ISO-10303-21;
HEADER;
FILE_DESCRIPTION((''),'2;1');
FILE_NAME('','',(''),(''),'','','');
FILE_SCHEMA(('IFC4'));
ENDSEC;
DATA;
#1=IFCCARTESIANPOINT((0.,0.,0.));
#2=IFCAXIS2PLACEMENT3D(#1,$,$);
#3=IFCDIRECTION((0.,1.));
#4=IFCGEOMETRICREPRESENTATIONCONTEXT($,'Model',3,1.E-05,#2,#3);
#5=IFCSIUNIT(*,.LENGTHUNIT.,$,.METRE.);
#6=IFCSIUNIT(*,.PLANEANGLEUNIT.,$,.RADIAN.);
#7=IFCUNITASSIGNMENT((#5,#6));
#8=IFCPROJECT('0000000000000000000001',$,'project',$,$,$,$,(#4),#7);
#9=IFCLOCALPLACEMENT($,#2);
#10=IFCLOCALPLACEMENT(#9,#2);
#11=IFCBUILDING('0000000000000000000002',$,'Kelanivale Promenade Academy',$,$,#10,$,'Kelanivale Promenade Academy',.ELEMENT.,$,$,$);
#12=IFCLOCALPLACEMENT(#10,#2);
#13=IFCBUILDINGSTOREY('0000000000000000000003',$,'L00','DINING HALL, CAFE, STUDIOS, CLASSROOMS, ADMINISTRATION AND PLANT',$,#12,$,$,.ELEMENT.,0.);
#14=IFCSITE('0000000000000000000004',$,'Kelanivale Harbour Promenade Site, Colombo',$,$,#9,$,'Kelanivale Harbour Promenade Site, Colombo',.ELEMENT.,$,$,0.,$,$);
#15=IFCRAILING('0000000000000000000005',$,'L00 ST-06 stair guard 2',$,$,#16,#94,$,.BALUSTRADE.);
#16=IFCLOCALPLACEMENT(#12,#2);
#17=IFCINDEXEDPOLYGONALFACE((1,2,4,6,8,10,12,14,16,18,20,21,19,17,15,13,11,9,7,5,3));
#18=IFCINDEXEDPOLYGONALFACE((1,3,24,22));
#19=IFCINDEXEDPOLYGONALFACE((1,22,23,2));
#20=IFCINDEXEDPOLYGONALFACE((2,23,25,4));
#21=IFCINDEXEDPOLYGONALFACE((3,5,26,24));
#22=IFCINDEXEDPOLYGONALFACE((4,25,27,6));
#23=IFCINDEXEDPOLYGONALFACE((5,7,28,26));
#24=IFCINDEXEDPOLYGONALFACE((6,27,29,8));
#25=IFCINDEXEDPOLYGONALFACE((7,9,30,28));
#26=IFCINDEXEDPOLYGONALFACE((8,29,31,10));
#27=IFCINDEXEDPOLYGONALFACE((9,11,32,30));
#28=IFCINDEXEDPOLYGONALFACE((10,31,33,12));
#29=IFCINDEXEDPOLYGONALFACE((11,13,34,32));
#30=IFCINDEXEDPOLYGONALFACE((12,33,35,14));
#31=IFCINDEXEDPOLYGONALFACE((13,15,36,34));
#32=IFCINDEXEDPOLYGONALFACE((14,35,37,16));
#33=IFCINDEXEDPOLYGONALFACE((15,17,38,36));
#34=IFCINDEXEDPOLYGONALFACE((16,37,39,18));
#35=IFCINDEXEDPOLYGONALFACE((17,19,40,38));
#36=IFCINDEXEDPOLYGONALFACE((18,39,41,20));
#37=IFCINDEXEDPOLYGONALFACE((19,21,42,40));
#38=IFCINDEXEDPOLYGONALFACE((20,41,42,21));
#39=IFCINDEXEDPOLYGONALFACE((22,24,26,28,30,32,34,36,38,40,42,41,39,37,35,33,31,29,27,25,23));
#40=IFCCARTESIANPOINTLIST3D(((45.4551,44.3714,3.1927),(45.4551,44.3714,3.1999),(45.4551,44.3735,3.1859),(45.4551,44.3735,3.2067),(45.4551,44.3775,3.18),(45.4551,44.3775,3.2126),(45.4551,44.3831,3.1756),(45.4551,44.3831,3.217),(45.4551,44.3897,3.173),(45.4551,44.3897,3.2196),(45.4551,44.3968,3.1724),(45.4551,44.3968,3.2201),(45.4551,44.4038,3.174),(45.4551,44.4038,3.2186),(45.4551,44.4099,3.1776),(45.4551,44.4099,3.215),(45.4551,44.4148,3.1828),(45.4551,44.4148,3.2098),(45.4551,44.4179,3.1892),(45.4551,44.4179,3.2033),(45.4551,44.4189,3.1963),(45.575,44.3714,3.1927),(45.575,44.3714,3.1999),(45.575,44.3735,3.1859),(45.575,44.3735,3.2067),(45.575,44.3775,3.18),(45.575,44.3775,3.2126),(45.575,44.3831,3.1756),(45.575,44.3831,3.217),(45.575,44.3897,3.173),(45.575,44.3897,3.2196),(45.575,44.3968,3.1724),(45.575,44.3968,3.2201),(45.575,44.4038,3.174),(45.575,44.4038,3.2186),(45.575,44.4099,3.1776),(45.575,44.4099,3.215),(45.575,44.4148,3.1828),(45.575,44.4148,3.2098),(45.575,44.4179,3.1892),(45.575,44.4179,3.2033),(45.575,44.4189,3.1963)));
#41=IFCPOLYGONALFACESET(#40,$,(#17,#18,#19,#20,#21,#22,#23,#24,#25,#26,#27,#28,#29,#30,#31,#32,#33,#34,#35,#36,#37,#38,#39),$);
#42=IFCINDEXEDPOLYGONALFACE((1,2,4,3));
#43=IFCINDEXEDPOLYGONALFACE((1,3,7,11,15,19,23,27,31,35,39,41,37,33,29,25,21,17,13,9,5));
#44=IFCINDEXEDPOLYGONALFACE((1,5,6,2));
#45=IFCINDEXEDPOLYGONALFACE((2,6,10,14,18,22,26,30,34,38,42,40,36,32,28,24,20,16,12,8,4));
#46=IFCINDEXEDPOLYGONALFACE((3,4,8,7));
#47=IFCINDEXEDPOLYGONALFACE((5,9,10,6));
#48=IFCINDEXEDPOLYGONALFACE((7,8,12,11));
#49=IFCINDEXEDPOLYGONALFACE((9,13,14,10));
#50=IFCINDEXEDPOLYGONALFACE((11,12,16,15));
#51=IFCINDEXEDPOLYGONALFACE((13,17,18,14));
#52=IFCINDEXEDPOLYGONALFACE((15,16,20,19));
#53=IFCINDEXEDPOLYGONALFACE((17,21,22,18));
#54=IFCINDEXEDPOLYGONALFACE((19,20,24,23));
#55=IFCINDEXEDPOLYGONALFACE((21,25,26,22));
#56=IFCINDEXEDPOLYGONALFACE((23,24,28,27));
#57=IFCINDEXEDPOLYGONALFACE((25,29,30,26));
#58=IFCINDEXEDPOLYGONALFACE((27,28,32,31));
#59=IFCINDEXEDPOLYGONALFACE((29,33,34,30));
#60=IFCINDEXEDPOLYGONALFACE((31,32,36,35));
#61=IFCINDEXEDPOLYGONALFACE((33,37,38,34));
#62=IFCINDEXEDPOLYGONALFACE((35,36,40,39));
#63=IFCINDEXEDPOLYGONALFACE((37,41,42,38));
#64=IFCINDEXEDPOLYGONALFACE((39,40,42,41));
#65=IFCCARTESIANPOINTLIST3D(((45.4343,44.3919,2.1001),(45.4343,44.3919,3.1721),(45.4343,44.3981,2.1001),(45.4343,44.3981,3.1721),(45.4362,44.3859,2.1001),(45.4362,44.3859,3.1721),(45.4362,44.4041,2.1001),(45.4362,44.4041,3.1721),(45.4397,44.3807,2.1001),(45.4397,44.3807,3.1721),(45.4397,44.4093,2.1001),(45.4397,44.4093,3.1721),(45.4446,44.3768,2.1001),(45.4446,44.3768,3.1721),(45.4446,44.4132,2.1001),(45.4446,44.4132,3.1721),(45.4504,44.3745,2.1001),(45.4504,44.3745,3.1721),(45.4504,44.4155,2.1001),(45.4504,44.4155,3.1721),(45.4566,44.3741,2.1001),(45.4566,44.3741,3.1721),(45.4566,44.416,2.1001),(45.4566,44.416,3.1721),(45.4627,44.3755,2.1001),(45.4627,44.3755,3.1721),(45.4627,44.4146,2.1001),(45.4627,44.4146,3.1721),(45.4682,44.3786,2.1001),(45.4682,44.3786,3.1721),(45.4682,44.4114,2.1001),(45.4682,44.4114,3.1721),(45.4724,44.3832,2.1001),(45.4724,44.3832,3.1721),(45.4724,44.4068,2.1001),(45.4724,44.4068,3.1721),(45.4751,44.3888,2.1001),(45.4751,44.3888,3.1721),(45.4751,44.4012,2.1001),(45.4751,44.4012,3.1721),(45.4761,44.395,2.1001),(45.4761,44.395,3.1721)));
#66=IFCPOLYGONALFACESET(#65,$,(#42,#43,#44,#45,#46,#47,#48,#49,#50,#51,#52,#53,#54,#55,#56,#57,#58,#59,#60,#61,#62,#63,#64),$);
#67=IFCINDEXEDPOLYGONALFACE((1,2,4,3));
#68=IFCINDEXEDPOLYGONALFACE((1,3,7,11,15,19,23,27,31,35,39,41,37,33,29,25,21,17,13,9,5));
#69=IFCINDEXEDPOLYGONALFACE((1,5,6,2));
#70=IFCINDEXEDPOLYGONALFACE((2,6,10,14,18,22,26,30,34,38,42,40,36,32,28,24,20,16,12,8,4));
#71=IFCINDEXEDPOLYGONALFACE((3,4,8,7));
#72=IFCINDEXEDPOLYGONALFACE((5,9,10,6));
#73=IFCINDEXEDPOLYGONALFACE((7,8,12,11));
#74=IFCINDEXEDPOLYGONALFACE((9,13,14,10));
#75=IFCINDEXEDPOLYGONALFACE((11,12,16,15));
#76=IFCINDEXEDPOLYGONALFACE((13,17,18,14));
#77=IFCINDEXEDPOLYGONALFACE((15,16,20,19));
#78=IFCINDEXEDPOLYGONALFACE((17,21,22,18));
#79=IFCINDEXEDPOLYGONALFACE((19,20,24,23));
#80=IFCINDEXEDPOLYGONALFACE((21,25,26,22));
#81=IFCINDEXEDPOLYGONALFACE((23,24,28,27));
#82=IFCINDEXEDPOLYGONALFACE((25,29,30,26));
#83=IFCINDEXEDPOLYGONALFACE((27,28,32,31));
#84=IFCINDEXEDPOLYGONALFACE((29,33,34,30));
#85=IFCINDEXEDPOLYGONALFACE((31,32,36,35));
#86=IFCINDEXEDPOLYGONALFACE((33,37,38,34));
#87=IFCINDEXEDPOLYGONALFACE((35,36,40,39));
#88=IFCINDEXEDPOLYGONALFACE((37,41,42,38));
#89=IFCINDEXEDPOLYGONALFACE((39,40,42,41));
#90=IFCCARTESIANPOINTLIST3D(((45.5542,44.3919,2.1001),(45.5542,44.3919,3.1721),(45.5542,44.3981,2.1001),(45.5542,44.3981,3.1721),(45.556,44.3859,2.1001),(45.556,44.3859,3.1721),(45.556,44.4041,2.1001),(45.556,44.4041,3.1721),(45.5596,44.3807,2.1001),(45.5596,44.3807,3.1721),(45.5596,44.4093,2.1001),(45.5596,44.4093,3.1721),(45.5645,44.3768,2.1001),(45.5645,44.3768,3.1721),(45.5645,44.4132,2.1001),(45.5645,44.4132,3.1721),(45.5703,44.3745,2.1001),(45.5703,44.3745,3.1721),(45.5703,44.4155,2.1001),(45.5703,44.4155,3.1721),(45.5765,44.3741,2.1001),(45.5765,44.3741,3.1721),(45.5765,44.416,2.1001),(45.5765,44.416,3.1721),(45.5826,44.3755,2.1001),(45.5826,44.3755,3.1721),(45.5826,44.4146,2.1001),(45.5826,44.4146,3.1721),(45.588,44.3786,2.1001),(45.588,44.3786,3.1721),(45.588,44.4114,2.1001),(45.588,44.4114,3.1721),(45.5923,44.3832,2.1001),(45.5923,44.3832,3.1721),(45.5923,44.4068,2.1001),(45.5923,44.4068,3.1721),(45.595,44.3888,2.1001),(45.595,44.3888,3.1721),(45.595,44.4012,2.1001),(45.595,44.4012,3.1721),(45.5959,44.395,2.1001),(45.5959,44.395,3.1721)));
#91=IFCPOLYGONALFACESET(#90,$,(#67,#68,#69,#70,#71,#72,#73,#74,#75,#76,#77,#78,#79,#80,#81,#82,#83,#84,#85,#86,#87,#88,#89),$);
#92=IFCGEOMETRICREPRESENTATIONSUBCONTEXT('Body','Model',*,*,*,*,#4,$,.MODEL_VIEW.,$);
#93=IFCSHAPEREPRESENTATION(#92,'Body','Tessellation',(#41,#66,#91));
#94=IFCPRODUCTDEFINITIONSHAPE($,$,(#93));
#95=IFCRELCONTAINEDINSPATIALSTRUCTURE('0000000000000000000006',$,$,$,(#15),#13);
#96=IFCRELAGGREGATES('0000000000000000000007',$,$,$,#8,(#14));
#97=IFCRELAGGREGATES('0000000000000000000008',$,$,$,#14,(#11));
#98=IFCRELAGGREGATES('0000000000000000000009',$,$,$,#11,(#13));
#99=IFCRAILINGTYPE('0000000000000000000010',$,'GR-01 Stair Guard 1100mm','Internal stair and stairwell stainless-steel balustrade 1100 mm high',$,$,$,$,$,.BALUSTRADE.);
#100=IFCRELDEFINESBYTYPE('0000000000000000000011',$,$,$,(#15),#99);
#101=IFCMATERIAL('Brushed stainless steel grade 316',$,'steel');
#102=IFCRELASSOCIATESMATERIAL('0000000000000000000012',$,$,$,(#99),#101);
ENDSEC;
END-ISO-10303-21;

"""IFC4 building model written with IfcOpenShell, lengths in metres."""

from ifc_helpers import new_model, si_unit, direction, frame, origin, origin_2d, place, context, subcontext, project, spatial, circle, extrude, material, type_object, element, save


model = new_model("IFC4")

# Units and contexts
model_context = context("Model", 3, precision=1e-05, world=origin(), true_north=direction((0.0, 1.0)))
body_context = subcontext(model_context, "Body", "Model", "MODEL_VIEW")
ifc_project = project(units=[si_unit("LENGTHUNIT", "METRE"), si_unit("PLANEANGLEUNIT", "RADIAN")], contexts=[model_context])

# Site, building, storey
site_placement = place(None, origin())
site = spatial("IfcSite", under=ifc_project, at=site_placement, Name="Kelanivale Harbour Promenade Site, Colombo", LongName="Kelanivale Harbour Promenade Site, Colombo", CompositionType="ELEMENT", RefElevation=0.0)
building_placement = place(site_placement, origin())
building = spatial("IfcBuilding", under=site, at=building_placement, Name="Kelanivale Promenade Academy", LongName="Kelanivale Promenade Academy", CompositionType="ELEMENT")
storey_placement = place(building_placement, origin())
storey = spatial("IfcBuildingStorey", under=building, at=storey_placement, Name="L00", Description="DINING HALL, CAFE, STUDIOS, CLASSROOMS, ADMINISTRATION AND PLANT", CompositionType="ELEMENT", Elevation=0.0)

# Railing
ifc_material_1 = material(Name="Brushed stainless steel grade 316", Category="steel")
railing_type_1 = type_object("IfcRailingType", Name="GR-01 Stair Guard 1100mm", Description="Internal stair and stairwell stainless-steel balustrade 1100 mm high", PredefinedType="BALUSTRADE", material=ifc_material_1)
railing_1_placement = place(storey_placement, frame((45.4551, 44.395, 2.1001)))
element("IfcRailing", 1, at=railing_1_placement, inside=storey, type_object=railing_type_1, Name="L00 ST-06 stair guard 2", PredefinedType="BALUSTRADE", context=body_context, shape_type="SweptSolid", body=[
    extrude(circle(Radius=0.0239, at=origin_2d()), frame((0.0, 0.0, 1.0962), z_axis=(1.0, 0.0, 0.0), x_axis=(0.0, 1.0, 0.0)), (0.0, 0.0, 1.0), 0.1199),
    extrude(circle(Radius=0.021, at=origin_2d()), origin(), (0.0, 0.0, 1.0), 1.072),
    extrude(circle(Radius=0.021, at=origin_2d()), frame((0.1199, 0.0, 0.0)), (0.0, 0.0, 1.0), 1.072),
])

save(model, "model.ifc")
